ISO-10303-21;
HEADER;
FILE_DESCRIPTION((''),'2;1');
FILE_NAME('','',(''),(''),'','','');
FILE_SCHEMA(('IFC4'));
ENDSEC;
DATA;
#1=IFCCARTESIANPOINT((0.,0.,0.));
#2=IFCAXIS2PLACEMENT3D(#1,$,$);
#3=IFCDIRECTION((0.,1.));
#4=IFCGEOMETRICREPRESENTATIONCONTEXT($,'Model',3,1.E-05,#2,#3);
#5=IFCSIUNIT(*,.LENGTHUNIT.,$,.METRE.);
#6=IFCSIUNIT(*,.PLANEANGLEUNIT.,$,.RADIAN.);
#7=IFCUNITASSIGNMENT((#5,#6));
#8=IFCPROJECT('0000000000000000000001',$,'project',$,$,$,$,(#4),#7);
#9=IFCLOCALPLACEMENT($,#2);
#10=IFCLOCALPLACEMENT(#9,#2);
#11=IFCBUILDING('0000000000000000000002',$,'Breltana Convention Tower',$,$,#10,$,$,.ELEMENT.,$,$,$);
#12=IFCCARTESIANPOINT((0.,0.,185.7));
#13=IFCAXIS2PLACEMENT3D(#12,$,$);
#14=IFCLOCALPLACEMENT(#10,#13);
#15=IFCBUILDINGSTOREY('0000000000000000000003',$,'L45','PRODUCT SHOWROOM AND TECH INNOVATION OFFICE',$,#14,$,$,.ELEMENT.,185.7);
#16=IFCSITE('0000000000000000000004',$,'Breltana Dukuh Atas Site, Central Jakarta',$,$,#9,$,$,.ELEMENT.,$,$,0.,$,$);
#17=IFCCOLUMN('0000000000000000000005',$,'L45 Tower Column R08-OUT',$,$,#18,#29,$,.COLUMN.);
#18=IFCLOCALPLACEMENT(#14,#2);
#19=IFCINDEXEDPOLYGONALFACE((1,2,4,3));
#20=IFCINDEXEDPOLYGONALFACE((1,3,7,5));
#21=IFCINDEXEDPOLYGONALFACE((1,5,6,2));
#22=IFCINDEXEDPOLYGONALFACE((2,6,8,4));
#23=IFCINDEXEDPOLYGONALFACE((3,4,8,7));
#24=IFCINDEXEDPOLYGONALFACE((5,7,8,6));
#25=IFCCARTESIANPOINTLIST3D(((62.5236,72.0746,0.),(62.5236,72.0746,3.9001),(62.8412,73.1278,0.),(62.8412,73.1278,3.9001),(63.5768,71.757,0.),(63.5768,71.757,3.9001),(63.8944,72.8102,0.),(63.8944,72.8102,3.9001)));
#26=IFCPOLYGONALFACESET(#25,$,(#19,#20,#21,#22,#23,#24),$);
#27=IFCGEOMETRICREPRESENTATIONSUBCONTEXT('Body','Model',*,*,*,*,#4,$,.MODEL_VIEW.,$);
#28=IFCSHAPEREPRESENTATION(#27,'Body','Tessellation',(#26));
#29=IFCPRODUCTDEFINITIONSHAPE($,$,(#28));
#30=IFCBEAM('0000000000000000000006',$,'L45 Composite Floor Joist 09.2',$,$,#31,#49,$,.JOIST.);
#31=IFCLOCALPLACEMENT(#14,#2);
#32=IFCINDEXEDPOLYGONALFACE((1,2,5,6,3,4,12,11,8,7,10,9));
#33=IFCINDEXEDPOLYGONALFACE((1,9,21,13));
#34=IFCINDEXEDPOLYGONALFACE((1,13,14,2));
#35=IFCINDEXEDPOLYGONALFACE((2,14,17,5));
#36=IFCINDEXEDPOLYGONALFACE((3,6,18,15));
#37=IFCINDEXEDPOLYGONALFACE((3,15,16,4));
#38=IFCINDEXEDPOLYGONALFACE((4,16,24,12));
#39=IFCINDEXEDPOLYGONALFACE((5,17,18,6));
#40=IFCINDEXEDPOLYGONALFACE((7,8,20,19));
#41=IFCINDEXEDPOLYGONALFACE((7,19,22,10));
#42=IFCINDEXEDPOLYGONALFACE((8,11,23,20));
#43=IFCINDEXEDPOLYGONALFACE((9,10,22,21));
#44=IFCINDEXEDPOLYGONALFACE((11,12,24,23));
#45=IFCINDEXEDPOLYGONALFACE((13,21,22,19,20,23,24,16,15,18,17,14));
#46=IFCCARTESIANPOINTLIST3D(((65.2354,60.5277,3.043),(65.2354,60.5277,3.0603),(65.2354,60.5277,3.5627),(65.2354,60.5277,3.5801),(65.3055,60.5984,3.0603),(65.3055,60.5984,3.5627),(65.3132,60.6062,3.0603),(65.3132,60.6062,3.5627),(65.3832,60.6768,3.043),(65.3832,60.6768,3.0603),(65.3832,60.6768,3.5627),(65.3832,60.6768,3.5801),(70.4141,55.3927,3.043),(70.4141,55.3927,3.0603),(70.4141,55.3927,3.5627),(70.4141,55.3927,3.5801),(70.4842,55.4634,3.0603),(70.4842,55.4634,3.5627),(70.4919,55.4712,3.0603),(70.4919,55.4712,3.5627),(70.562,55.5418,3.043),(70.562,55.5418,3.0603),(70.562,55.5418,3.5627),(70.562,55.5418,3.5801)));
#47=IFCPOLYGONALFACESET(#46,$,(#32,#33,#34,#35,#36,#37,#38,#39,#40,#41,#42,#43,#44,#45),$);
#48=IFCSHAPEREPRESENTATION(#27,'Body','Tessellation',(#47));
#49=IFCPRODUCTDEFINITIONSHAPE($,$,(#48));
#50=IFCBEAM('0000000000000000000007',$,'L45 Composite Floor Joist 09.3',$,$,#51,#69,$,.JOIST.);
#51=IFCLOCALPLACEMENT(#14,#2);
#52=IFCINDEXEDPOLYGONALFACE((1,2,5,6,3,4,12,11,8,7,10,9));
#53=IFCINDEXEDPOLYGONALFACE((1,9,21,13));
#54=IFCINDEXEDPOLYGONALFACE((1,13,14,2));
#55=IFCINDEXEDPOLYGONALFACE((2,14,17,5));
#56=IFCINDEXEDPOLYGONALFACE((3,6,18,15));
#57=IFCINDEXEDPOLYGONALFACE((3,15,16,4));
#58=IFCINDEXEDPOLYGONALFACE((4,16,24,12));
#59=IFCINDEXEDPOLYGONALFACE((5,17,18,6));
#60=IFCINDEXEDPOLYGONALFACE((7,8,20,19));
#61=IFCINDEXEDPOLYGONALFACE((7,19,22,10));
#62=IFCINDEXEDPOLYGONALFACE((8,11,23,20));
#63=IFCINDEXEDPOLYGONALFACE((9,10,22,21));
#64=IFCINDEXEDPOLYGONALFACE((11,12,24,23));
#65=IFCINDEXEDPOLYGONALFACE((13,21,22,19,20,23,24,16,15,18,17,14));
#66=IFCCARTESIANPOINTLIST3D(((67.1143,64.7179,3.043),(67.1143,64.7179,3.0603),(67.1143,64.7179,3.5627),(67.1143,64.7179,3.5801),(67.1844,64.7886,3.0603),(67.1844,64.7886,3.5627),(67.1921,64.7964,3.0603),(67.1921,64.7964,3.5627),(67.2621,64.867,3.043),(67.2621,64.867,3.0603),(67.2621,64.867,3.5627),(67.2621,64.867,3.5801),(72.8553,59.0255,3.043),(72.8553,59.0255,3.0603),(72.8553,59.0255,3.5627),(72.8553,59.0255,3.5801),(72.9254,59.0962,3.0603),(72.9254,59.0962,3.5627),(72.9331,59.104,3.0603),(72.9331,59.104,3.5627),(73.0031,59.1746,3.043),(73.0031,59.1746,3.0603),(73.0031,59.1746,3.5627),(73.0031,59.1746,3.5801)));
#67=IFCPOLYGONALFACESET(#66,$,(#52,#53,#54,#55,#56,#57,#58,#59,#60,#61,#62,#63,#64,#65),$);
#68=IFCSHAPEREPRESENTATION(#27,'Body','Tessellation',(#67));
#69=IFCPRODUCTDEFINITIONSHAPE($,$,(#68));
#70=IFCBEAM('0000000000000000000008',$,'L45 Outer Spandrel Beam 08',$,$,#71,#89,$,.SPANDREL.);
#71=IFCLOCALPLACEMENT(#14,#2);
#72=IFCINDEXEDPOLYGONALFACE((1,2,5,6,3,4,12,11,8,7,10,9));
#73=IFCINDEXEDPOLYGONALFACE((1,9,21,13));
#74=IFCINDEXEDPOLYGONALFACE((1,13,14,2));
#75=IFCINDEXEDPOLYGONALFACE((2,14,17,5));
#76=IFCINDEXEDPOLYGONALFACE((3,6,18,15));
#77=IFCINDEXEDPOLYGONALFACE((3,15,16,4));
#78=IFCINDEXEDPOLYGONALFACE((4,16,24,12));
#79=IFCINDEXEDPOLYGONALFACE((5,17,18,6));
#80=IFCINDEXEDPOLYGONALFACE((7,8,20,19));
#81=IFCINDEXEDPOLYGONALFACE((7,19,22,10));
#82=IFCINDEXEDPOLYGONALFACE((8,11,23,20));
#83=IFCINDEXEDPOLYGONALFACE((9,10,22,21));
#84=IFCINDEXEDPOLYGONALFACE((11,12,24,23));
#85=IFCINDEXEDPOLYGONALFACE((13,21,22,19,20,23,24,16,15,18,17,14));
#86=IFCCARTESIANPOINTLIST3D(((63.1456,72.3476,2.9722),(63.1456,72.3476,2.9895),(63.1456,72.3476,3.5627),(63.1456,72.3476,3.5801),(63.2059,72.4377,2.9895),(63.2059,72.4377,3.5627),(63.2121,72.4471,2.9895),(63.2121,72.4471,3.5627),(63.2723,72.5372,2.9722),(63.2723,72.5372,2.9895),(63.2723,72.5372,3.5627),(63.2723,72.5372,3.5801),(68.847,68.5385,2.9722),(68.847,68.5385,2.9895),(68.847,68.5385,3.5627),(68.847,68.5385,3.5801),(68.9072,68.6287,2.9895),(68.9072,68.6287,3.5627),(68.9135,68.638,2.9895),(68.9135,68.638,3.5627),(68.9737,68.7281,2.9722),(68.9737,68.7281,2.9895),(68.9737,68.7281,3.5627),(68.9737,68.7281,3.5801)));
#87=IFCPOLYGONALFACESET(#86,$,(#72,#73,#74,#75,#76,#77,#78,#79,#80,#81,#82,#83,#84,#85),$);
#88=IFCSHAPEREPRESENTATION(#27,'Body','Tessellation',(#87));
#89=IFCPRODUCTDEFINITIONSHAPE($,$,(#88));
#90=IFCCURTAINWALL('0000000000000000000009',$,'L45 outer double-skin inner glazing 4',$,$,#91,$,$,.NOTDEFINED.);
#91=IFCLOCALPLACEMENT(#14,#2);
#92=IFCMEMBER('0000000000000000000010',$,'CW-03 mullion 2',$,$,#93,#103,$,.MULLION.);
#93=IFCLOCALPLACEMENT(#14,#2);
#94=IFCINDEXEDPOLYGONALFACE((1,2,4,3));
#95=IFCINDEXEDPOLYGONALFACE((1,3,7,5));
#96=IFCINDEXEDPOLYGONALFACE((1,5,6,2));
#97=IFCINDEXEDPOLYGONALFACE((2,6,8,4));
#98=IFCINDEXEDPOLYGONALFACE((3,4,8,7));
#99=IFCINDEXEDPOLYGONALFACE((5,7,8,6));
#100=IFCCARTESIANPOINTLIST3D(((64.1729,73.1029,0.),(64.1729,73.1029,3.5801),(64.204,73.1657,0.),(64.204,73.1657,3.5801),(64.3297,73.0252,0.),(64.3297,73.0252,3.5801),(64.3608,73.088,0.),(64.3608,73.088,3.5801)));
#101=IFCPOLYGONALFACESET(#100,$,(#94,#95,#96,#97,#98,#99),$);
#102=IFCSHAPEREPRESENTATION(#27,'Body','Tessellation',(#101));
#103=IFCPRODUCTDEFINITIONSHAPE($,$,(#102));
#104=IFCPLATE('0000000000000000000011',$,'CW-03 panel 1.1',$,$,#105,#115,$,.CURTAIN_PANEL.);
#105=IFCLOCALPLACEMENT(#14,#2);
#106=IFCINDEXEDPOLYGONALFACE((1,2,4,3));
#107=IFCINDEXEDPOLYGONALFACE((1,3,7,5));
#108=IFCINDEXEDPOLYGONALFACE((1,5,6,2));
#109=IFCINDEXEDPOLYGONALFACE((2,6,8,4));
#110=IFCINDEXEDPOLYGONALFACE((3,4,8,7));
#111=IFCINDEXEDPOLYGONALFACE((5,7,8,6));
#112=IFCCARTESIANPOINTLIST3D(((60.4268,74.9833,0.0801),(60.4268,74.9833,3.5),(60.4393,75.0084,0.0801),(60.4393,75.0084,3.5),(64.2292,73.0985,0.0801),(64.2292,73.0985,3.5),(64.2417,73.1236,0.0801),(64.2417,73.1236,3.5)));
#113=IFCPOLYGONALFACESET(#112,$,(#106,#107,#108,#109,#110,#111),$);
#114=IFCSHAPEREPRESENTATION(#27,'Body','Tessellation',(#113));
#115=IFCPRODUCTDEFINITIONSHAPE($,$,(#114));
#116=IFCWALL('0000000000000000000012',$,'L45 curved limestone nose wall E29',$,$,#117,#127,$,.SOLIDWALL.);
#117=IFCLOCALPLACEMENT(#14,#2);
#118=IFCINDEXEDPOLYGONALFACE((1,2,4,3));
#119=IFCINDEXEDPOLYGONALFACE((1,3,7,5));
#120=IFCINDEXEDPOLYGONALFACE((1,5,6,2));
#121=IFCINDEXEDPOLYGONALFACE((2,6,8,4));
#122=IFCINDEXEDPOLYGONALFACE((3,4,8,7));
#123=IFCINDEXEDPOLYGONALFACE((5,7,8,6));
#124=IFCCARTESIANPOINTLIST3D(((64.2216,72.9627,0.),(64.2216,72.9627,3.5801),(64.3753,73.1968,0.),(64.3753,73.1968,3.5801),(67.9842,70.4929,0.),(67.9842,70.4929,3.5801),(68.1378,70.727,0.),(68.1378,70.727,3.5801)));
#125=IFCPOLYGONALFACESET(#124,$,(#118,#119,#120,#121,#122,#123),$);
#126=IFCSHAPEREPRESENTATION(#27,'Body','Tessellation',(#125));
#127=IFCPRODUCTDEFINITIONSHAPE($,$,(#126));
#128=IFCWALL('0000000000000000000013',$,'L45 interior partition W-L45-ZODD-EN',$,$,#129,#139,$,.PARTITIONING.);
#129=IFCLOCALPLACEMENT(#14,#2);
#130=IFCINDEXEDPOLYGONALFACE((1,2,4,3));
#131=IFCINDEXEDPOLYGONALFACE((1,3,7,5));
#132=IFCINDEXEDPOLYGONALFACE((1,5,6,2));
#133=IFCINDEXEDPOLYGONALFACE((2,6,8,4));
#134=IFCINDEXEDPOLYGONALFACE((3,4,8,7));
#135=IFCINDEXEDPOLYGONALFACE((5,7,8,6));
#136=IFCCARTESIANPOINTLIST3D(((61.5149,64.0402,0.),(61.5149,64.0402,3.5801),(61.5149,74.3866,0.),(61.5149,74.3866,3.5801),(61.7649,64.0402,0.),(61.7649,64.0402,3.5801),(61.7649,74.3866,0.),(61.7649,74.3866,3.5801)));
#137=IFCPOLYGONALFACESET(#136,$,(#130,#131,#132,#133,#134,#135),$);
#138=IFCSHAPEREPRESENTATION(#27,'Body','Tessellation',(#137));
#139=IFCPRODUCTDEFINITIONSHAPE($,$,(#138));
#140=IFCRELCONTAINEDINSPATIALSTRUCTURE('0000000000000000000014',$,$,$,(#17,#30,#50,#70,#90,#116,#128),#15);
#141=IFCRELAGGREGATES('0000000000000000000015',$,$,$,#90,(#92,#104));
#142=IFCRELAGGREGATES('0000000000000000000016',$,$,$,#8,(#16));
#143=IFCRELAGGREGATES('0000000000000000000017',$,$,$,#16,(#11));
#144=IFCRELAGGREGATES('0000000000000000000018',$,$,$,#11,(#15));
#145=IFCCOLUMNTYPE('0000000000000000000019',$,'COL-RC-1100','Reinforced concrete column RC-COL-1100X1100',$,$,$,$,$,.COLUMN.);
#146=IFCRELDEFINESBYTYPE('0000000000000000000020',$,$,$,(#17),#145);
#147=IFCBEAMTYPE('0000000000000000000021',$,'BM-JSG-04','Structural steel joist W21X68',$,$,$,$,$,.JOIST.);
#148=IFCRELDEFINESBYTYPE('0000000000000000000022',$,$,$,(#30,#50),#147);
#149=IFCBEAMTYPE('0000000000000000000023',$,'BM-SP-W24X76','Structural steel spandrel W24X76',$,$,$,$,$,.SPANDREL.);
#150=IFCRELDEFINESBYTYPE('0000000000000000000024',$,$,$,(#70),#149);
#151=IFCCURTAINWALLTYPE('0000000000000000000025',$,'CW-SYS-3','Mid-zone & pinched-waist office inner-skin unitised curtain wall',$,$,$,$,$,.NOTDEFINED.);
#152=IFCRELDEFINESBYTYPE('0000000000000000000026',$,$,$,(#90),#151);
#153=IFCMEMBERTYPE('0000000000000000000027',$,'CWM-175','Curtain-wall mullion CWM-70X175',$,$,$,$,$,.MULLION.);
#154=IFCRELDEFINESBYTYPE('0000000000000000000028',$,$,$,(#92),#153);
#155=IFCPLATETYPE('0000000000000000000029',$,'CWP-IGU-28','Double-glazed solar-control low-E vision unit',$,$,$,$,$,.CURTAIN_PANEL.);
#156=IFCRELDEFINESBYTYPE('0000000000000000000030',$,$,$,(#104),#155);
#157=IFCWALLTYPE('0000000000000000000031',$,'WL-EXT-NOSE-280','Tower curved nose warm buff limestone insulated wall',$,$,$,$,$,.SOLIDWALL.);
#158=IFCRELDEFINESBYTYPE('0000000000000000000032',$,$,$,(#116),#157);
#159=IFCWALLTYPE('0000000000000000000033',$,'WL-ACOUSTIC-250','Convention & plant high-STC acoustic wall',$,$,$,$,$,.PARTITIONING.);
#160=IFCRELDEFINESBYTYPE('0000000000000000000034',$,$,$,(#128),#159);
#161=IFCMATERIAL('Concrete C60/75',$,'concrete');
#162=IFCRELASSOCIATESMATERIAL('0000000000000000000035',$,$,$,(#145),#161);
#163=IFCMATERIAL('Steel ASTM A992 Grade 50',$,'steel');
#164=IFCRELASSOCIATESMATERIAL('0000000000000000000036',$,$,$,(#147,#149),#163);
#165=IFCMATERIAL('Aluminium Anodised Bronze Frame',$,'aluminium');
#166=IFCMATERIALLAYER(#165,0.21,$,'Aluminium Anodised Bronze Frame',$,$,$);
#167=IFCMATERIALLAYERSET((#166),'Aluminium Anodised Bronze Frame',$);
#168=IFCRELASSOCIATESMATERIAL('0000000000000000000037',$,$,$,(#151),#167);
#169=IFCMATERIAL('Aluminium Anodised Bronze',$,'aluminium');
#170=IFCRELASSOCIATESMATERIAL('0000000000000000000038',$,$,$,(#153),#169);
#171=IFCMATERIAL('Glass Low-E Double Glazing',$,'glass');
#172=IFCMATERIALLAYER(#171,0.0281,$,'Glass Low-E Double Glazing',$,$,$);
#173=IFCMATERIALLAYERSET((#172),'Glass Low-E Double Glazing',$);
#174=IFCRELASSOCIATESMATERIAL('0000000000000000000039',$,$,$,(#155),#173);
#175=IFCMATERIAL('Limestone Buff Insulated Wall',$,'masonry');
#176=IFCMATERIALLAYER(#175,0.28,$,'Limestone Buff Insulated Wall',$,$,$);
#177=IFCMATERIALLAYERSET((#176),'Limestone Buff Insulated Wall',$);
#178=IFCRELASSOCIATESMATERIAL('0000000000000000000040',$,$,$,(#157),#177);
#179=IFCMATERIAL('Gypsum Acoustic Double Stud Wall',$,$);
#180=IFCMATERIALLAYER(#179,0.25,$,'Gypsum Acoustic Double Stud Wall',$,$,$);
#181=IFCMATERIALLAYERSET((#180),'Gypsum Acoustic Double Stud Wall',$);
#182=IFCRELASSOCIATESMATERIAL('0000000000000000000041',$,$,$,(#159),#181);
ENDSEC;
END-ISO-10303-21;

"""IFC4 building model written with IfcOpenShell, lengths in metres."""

from ifc_helpers import new_model, si_unit, direction, frame, frame_2d, origin, origin_2d, place, context, subcontext, project, spatial, rectangle, i_section, extrude, source, transform, mapped, material, layer, layer_set, material_profile, profile_set, type_object, element, aggregate, save


model = new_model("IFC4")

# Units and contexts
model_context = context("Model", 3, precision=1e-05, world=origin(), true_north=direction((0.0, 1.0)))
body_context = subcontext(model_context, "Body", "Model", "MODEL_VIEW")
ifc_project = project(units=[si_unit("LENGTHUNIT", "METRE"), si_unit("PLANEANGLEUNIT", "RADIAN")], contexts=[model_context])

# Site, building, storey
site_placement = place(None, origin())
site = spatial("IfcSite", under=ifc_project, at=site_placement, Name="Breltana Dukuh Atas Site, Central Jakarta", CompositionType="ELEMENT", RefElevation=0.0)
building_placement = place(site_placement, origin())
building = spatial("IfcBuilding", under=site, at=building_placement, Name="Breltana Convention Tower", CompositionType="ELEMENT")
storey_placement = place(building_placement, frame((0.0, 0.0, 185.7)))
storey = spatial("IfcBuildingStorey", under=building, at=storey_placement, Name="L45", Description="PRODUCT SHOWROOM AND TECH INNOVATION OFFICE", CompositionType="ELEMENT", Elevation=185.7)

# Column
ifc_material_1 = material(Name="Concrete C60/75", Category="concrete")
ifc_material_profile_1 = material_profile(ifc_material_1, rectangle(XDim=1.1001, YDim=1.1001, at=origin_2d()), Name="RC-COL-1100X1100")
ifc_profile_set_1 = profile_set([ifc_material_profile_1], Name="Concrete C60/75")
column_type = type_object("IfcColumnType", Name="COL-RC-1100", Description="Reinforced concrete column RC-COL-1100X1100", PredefinedType="COLUMN", material=ifc_profile_set_1)
shared_shape_1 = source(origin(), body_context, "Body", "SweptSolid", [
    extrude(rectangle(XDim=1.1001, YDim=1.1001, at=origin_2d()), origin(), (0.0, 0.0, 1.0), 3.9001),
])
column_placement = place(storey_placement, frame((63.209, 72.4424, 0.0), z_axis=(0.0, 0.0, 1.0), x_axis=(0.288698, 0.95742, 0.0)))
element("IfcColumn", 1, at=column_placement, inside=storey, type_object=column_type, Name="L45 Tower Column R08-OUT", PredefinedType="COLUMN", context=body_context, shape_type="MappedRepresentation", body=[
    mapped(shared_shape_1, transform((0.0, 0.0, 0.0), scale=1.0)),
])

# Beams
ifc_material_2 = material(Name="Steel ASTM A992 Grade 50", Category="steel")
ifc_material_profile_2 = material_profile(ifc_material_2, i_section(OverallWidth=0.21, OverallDepth=0.5371, WebThickness=0.011, FlangeThickness=0.0173, at=origin_2d()), Name="W21X68")
ifc_profile_set_2 = profile_set([ifc_material_profile_2], Name="Steel ASTM A992 Grade 50")
beam_type_1 = type_object("IfcBeamType", Name="BM-JSG-04", Description="Structural steel joist W21X68", PredefinedType="JOIST", material=ifc_profile_set_2)
shared_shape_2 = source(origin(), body_context, "Body", "SweptSolid", [
    extrude(i_section(OverallWidth=0.21, OverallDepth=0.5371, WebThickness=0.011, FlangeThickness=0.0173, at=origin_2d()), origin(), (0.0, 0.0, 1.0), 7.293),
])
beam_1_placement = place(storey_placement, frame((65.3093, 60.6023, 3.3115), z_axis=(0.710097, -0.704104, 0.0), x_axis=(0.704104, 0.710097, 0.0)))
element("IfcBeam", 2, at=beam_1_placement, inside=storey, type_object=beam_type_1, Name="L45 Composite Floor Joist 09.2", PredefinedType="JOIST", context=body_context, shape_type="MappedRepresentation", body=[
    mapped(shared_shape_2, transform((0.0, 0.0, 0.0), scale=1.0)),
])
shared_shape_3 = source(origin(), body_context, "Body", "SweptSolid", [
    extrude(i_section(OverallWidth=0.21, OverallDepth=0.5371, WebThickness=0.011, FlangeThickness=0.0173, at=origin_2d()), origin(), (0.0, 0.0, 1.0), 8.0847),
])
beam_2_placement = place(storey_placement, frame((67.1882, 64.7925, 3.3115), z_axis=(0.710105, -0.704096, 0.0), x_axis=(0.704096, 0.710105, 0.0)))
element("IfcBeam", 3, at=beam_2_placement, inside=storey, type_object=beam_type_1, Name="L45 Composite Floor Joist 09.3", PredefinedType="JOIST", context=body_context, shape_type="MappedRepresentation", body=[
    mapped(shared_shape_3, transform((0.0, 0.0, 0.0), scale=1.0)),
])
ifc_material_profile_3 = material_profile(ifc_material_2, i_section(OverallWidth=0.228, OverallDepth=0.6079, WebThickness=0.0112, FlangeThickness=0.0173, at=origin_2d()), Name="W24X76")
ifc_profile_set_3 = profile_set([ifc_material_profile_3], Name="Steel ASTM A992 Grade 50")
beam_type_2 = type_object("IfcBeamType", Name="BM-SP-W24X76", Description="Structural steel spandrel W24X76", PredefinedType="SPANDREL", material=ifc_profile_set_3)
shared_shape_4 = source(origin(), body_context, "Body", "SweptSolid", [
    extrude(i_section(OverallWidth=0.228, OverallDepth=0.6079, WebThickness=0.0112, FlangeThickness=0.0173, at=origin_2d()), origin(), (0.0, 0.0, 1.0), 6.8567),
])
beam_3_placement = place(storey_placement, frame((63.209, 72.4424, 3.2761), z_axis=(0.831502, -0.555522, 0.0), x_axis=(0.555522, 0.831502, 0.0)))
element("IfcBeam", 4, at=beam_3_placement, inside=storey, type_object=beam_type_2, Name="L45 Outer Spandrel Beam 08", PredefinedType="SPANDREL", context=body_context, shape_type="MappedRepresentation", body=[
    mapped(shared_shape_4, transform((0.0, 0.0, 0.0), scale=1.0)),
])

# Curtain wall, member, plate
ifc_material_3 = material(Name="Aluminium Anodised Bronze Frame", Category="aluminium")
ifc_layer_1 = layer(ifc_material_3, 0.21, Name="Aluminium Anodised Bronze Frame")
ifc_layer_set_1 = layer_set([ifc_layer_1], Name="Aluminium Anodised Bronze Frame")
curtain_wall_type = type_object("IfcCurtainWallType", Name="CW-SYS-3", Description="Mid-zone & pinched-waist office inner-skin unitised curtain wall", PredefinedType="NOTDEFINED", material=ifc_layer_set_1)
curtain_wall_placement = place(storey_placement, origin())
curtain_wall = element("IfcCurtainWall", 5, at=curtain_wall_placement, inside=storey, type_object=curtain_wall_type, Name="L45 outer double-skin inner glazing 4", PredefinedType="NOTDEFINED")
ifc_material_4 = material(Name="Aluminium Anodised Bronze", Category="aluminium")
ifc_material_profile_4 = material_profile(ifc_material_4, rectangle(XDim=0.0701, YDim=0.175, at=origin_2d()), Name="CWM-70X175")
ifc_profile_set_4 = profile_set([ifc_material_profile_4], Name="Aluminium Anodised Bronze")
member_type = type_object("IfcMemberType", Name="CWM-175", Description="Curtain-wall mullion CWM-70X175", PredefinedType="MULLION", material=ifc_profile_set_4)
shared_shape_5 = source(origin(), body_context, "Body", "SweptSolid", [
    extrude(rectangle(XDim=0.0701, YDim=0.175, at=origin_2d()), origin(), (0.0, 0.0, 1.0), 3.5801),
])
member_placement = place(storey_placement, frame((64.2668, 73.0955, 0.0), z_axis=(0.0, 0.0, 1.0), x_axis=(0.444118, 0.895968, 0.0)))
member = element("IfcMember", 6, at=member_placement, type_object=member_type, Name="CW-03 mullion 2", PredefinedType="MULLION", context=body_context, shape_type="MappedRepresentation", body=[
    mapped(shared_shape_5, transform((0.0, 0.0, 0.0), scale=1.0)),
])
ifc_material_5 = material(Name="Glass Low-E Double Glazing", Category="glass")
ifc_layer_2 = layer(ifc_material_5, 0.0281, Name="Glass Low-E Double Glazing")
ifc_layer_set_2 = layer_set([ifc_layer_2], Name="Glass Low-E Double Glazing")
plate_type = type_object("IfcPlateType", Name="CWP-IGU-28", Description="Double-glazed solar-control low-E vision unit", PredefinedType="CURTAIN_PANEL", material=ifc_layer_set_2)
shared_shape_6 = source(origin(), body_context, "Body", "SweptSolid", [
    extrude(rectangle(XDim=4.2439, YDim=0.0281, at=origin_2d()), origin(), (0.0, 0.0, 1.0), 3.4199),
])
plate_placement = place(storey_placement, frame((62.3342, 74.0535, 0.0801), z_axis=(0.0, 0.0, 1.0), x_axis=(0.895968, -0.444118, 0.0)))
plate = element("IfcPlate", 7, at=plate_placement, type_object=plate_type, Name="CW-03 panel 1.1", PredefinedType="CURTAIN_PANEL", context=body_context, shape_type="MappedRepresentation", body=[
    mapped(shared_shape_6, transform((0.0, 0.0, 0.0), scale=1.0)),
])
aggregate(curtain_wall, [member, plate])

# Walls
ifc_material_6 = material(Name="Limestone Buff Insulated Wall", Category="masonry")
ifc_layer_3 = layer(ifc_material_6, 0.28, Name="Limestone Buff Insulated Wall")
ifc_layer_set_3 = layer_set([ifc_layer_3], Name="Limestone Buff Insulated Wall")
wall_type_1 = type_object("IfcWallType", Name="WL-EXT-NOSE-280", Description="Tower curved nose warm buff limestone insulated wall", PredefinedType="SOLIDWALL", material=ifc_layer_set_3)
shared_shape_7 = source(origin(), body_context, "Body", "SweptSolid", [
    extrude(rectangle(XDim=4.5007, YDim=0.28, at=frame_2d((2.2505, 0.0))), origin(), (0.0, 0.0, 1.0), 3.5801),
])
wall_1_placement = place(storey_placement, frame((64.2983, 73.0798, 0.0), z_axis=(0.0, 0.0, 1.0), x_axis=(0.835985, -0.548752, 0.0)))
element("IfcWall", 8, at=wall_1_placement, inside=storey, type_object=wall_type_1, Name="L45 curved limestone nose wall E29", PredefinedType="SOLIDWALL", context=body_context, shape_type="MappedRepresentation", body=[
    mapped(shared_shape_7, transform((0.0, 0.0, 0.0), scale=1.0)),
])
ifc_material_7 = material(Name="Gypsum Acoustic Double Stud Wall")
ifc_layer_4 = layer(ifc_material_7, 0.25, Name="Gypsum Acoustic Double Stud Wall")
ifc_layer_set_4 = layer_set([ifc_layer_4], Name="Gypsum Acoustic Double Stud Wall")
wall_type_2 = type_object("IfcWallType", Name="WL-ACOUSTIC-250", Description="Convention & plant high-STC acoustic wall", PredefinedType="PARTITIONING", material=ifc_layer_set_4)
shared_shape_8 = source(origin(), body_context, "Body", "SweptSolid", [
    extrude(rectangle(XDim=10.3464, YDim=0.25, at=frame_2d((5.1733, 0.0))), origin(), (0.0, 0.0, 1.0), 3.5801),
])
wall_2_placement = place(storey_placement, frame((61.6399, 64.04, 0.0), z_axis=(0.0, 0.0, 1.0), x_axis=(0.0, 1.0, 0.0)))
element("IfcWall", 9, at=wall_2_placement, inside=storey, type_object=wall_type_2, Name="L45 interior partition W-L45-ZODD-EN", PredefinedType="PARTITIONING", context=body_context, shape_type="MappedRepresentation", body=[
    mapped(shared_shape_8, transform((0.0, 0.0, 0.0), scale=1.0)),
])

save(model, "model.ifc")
